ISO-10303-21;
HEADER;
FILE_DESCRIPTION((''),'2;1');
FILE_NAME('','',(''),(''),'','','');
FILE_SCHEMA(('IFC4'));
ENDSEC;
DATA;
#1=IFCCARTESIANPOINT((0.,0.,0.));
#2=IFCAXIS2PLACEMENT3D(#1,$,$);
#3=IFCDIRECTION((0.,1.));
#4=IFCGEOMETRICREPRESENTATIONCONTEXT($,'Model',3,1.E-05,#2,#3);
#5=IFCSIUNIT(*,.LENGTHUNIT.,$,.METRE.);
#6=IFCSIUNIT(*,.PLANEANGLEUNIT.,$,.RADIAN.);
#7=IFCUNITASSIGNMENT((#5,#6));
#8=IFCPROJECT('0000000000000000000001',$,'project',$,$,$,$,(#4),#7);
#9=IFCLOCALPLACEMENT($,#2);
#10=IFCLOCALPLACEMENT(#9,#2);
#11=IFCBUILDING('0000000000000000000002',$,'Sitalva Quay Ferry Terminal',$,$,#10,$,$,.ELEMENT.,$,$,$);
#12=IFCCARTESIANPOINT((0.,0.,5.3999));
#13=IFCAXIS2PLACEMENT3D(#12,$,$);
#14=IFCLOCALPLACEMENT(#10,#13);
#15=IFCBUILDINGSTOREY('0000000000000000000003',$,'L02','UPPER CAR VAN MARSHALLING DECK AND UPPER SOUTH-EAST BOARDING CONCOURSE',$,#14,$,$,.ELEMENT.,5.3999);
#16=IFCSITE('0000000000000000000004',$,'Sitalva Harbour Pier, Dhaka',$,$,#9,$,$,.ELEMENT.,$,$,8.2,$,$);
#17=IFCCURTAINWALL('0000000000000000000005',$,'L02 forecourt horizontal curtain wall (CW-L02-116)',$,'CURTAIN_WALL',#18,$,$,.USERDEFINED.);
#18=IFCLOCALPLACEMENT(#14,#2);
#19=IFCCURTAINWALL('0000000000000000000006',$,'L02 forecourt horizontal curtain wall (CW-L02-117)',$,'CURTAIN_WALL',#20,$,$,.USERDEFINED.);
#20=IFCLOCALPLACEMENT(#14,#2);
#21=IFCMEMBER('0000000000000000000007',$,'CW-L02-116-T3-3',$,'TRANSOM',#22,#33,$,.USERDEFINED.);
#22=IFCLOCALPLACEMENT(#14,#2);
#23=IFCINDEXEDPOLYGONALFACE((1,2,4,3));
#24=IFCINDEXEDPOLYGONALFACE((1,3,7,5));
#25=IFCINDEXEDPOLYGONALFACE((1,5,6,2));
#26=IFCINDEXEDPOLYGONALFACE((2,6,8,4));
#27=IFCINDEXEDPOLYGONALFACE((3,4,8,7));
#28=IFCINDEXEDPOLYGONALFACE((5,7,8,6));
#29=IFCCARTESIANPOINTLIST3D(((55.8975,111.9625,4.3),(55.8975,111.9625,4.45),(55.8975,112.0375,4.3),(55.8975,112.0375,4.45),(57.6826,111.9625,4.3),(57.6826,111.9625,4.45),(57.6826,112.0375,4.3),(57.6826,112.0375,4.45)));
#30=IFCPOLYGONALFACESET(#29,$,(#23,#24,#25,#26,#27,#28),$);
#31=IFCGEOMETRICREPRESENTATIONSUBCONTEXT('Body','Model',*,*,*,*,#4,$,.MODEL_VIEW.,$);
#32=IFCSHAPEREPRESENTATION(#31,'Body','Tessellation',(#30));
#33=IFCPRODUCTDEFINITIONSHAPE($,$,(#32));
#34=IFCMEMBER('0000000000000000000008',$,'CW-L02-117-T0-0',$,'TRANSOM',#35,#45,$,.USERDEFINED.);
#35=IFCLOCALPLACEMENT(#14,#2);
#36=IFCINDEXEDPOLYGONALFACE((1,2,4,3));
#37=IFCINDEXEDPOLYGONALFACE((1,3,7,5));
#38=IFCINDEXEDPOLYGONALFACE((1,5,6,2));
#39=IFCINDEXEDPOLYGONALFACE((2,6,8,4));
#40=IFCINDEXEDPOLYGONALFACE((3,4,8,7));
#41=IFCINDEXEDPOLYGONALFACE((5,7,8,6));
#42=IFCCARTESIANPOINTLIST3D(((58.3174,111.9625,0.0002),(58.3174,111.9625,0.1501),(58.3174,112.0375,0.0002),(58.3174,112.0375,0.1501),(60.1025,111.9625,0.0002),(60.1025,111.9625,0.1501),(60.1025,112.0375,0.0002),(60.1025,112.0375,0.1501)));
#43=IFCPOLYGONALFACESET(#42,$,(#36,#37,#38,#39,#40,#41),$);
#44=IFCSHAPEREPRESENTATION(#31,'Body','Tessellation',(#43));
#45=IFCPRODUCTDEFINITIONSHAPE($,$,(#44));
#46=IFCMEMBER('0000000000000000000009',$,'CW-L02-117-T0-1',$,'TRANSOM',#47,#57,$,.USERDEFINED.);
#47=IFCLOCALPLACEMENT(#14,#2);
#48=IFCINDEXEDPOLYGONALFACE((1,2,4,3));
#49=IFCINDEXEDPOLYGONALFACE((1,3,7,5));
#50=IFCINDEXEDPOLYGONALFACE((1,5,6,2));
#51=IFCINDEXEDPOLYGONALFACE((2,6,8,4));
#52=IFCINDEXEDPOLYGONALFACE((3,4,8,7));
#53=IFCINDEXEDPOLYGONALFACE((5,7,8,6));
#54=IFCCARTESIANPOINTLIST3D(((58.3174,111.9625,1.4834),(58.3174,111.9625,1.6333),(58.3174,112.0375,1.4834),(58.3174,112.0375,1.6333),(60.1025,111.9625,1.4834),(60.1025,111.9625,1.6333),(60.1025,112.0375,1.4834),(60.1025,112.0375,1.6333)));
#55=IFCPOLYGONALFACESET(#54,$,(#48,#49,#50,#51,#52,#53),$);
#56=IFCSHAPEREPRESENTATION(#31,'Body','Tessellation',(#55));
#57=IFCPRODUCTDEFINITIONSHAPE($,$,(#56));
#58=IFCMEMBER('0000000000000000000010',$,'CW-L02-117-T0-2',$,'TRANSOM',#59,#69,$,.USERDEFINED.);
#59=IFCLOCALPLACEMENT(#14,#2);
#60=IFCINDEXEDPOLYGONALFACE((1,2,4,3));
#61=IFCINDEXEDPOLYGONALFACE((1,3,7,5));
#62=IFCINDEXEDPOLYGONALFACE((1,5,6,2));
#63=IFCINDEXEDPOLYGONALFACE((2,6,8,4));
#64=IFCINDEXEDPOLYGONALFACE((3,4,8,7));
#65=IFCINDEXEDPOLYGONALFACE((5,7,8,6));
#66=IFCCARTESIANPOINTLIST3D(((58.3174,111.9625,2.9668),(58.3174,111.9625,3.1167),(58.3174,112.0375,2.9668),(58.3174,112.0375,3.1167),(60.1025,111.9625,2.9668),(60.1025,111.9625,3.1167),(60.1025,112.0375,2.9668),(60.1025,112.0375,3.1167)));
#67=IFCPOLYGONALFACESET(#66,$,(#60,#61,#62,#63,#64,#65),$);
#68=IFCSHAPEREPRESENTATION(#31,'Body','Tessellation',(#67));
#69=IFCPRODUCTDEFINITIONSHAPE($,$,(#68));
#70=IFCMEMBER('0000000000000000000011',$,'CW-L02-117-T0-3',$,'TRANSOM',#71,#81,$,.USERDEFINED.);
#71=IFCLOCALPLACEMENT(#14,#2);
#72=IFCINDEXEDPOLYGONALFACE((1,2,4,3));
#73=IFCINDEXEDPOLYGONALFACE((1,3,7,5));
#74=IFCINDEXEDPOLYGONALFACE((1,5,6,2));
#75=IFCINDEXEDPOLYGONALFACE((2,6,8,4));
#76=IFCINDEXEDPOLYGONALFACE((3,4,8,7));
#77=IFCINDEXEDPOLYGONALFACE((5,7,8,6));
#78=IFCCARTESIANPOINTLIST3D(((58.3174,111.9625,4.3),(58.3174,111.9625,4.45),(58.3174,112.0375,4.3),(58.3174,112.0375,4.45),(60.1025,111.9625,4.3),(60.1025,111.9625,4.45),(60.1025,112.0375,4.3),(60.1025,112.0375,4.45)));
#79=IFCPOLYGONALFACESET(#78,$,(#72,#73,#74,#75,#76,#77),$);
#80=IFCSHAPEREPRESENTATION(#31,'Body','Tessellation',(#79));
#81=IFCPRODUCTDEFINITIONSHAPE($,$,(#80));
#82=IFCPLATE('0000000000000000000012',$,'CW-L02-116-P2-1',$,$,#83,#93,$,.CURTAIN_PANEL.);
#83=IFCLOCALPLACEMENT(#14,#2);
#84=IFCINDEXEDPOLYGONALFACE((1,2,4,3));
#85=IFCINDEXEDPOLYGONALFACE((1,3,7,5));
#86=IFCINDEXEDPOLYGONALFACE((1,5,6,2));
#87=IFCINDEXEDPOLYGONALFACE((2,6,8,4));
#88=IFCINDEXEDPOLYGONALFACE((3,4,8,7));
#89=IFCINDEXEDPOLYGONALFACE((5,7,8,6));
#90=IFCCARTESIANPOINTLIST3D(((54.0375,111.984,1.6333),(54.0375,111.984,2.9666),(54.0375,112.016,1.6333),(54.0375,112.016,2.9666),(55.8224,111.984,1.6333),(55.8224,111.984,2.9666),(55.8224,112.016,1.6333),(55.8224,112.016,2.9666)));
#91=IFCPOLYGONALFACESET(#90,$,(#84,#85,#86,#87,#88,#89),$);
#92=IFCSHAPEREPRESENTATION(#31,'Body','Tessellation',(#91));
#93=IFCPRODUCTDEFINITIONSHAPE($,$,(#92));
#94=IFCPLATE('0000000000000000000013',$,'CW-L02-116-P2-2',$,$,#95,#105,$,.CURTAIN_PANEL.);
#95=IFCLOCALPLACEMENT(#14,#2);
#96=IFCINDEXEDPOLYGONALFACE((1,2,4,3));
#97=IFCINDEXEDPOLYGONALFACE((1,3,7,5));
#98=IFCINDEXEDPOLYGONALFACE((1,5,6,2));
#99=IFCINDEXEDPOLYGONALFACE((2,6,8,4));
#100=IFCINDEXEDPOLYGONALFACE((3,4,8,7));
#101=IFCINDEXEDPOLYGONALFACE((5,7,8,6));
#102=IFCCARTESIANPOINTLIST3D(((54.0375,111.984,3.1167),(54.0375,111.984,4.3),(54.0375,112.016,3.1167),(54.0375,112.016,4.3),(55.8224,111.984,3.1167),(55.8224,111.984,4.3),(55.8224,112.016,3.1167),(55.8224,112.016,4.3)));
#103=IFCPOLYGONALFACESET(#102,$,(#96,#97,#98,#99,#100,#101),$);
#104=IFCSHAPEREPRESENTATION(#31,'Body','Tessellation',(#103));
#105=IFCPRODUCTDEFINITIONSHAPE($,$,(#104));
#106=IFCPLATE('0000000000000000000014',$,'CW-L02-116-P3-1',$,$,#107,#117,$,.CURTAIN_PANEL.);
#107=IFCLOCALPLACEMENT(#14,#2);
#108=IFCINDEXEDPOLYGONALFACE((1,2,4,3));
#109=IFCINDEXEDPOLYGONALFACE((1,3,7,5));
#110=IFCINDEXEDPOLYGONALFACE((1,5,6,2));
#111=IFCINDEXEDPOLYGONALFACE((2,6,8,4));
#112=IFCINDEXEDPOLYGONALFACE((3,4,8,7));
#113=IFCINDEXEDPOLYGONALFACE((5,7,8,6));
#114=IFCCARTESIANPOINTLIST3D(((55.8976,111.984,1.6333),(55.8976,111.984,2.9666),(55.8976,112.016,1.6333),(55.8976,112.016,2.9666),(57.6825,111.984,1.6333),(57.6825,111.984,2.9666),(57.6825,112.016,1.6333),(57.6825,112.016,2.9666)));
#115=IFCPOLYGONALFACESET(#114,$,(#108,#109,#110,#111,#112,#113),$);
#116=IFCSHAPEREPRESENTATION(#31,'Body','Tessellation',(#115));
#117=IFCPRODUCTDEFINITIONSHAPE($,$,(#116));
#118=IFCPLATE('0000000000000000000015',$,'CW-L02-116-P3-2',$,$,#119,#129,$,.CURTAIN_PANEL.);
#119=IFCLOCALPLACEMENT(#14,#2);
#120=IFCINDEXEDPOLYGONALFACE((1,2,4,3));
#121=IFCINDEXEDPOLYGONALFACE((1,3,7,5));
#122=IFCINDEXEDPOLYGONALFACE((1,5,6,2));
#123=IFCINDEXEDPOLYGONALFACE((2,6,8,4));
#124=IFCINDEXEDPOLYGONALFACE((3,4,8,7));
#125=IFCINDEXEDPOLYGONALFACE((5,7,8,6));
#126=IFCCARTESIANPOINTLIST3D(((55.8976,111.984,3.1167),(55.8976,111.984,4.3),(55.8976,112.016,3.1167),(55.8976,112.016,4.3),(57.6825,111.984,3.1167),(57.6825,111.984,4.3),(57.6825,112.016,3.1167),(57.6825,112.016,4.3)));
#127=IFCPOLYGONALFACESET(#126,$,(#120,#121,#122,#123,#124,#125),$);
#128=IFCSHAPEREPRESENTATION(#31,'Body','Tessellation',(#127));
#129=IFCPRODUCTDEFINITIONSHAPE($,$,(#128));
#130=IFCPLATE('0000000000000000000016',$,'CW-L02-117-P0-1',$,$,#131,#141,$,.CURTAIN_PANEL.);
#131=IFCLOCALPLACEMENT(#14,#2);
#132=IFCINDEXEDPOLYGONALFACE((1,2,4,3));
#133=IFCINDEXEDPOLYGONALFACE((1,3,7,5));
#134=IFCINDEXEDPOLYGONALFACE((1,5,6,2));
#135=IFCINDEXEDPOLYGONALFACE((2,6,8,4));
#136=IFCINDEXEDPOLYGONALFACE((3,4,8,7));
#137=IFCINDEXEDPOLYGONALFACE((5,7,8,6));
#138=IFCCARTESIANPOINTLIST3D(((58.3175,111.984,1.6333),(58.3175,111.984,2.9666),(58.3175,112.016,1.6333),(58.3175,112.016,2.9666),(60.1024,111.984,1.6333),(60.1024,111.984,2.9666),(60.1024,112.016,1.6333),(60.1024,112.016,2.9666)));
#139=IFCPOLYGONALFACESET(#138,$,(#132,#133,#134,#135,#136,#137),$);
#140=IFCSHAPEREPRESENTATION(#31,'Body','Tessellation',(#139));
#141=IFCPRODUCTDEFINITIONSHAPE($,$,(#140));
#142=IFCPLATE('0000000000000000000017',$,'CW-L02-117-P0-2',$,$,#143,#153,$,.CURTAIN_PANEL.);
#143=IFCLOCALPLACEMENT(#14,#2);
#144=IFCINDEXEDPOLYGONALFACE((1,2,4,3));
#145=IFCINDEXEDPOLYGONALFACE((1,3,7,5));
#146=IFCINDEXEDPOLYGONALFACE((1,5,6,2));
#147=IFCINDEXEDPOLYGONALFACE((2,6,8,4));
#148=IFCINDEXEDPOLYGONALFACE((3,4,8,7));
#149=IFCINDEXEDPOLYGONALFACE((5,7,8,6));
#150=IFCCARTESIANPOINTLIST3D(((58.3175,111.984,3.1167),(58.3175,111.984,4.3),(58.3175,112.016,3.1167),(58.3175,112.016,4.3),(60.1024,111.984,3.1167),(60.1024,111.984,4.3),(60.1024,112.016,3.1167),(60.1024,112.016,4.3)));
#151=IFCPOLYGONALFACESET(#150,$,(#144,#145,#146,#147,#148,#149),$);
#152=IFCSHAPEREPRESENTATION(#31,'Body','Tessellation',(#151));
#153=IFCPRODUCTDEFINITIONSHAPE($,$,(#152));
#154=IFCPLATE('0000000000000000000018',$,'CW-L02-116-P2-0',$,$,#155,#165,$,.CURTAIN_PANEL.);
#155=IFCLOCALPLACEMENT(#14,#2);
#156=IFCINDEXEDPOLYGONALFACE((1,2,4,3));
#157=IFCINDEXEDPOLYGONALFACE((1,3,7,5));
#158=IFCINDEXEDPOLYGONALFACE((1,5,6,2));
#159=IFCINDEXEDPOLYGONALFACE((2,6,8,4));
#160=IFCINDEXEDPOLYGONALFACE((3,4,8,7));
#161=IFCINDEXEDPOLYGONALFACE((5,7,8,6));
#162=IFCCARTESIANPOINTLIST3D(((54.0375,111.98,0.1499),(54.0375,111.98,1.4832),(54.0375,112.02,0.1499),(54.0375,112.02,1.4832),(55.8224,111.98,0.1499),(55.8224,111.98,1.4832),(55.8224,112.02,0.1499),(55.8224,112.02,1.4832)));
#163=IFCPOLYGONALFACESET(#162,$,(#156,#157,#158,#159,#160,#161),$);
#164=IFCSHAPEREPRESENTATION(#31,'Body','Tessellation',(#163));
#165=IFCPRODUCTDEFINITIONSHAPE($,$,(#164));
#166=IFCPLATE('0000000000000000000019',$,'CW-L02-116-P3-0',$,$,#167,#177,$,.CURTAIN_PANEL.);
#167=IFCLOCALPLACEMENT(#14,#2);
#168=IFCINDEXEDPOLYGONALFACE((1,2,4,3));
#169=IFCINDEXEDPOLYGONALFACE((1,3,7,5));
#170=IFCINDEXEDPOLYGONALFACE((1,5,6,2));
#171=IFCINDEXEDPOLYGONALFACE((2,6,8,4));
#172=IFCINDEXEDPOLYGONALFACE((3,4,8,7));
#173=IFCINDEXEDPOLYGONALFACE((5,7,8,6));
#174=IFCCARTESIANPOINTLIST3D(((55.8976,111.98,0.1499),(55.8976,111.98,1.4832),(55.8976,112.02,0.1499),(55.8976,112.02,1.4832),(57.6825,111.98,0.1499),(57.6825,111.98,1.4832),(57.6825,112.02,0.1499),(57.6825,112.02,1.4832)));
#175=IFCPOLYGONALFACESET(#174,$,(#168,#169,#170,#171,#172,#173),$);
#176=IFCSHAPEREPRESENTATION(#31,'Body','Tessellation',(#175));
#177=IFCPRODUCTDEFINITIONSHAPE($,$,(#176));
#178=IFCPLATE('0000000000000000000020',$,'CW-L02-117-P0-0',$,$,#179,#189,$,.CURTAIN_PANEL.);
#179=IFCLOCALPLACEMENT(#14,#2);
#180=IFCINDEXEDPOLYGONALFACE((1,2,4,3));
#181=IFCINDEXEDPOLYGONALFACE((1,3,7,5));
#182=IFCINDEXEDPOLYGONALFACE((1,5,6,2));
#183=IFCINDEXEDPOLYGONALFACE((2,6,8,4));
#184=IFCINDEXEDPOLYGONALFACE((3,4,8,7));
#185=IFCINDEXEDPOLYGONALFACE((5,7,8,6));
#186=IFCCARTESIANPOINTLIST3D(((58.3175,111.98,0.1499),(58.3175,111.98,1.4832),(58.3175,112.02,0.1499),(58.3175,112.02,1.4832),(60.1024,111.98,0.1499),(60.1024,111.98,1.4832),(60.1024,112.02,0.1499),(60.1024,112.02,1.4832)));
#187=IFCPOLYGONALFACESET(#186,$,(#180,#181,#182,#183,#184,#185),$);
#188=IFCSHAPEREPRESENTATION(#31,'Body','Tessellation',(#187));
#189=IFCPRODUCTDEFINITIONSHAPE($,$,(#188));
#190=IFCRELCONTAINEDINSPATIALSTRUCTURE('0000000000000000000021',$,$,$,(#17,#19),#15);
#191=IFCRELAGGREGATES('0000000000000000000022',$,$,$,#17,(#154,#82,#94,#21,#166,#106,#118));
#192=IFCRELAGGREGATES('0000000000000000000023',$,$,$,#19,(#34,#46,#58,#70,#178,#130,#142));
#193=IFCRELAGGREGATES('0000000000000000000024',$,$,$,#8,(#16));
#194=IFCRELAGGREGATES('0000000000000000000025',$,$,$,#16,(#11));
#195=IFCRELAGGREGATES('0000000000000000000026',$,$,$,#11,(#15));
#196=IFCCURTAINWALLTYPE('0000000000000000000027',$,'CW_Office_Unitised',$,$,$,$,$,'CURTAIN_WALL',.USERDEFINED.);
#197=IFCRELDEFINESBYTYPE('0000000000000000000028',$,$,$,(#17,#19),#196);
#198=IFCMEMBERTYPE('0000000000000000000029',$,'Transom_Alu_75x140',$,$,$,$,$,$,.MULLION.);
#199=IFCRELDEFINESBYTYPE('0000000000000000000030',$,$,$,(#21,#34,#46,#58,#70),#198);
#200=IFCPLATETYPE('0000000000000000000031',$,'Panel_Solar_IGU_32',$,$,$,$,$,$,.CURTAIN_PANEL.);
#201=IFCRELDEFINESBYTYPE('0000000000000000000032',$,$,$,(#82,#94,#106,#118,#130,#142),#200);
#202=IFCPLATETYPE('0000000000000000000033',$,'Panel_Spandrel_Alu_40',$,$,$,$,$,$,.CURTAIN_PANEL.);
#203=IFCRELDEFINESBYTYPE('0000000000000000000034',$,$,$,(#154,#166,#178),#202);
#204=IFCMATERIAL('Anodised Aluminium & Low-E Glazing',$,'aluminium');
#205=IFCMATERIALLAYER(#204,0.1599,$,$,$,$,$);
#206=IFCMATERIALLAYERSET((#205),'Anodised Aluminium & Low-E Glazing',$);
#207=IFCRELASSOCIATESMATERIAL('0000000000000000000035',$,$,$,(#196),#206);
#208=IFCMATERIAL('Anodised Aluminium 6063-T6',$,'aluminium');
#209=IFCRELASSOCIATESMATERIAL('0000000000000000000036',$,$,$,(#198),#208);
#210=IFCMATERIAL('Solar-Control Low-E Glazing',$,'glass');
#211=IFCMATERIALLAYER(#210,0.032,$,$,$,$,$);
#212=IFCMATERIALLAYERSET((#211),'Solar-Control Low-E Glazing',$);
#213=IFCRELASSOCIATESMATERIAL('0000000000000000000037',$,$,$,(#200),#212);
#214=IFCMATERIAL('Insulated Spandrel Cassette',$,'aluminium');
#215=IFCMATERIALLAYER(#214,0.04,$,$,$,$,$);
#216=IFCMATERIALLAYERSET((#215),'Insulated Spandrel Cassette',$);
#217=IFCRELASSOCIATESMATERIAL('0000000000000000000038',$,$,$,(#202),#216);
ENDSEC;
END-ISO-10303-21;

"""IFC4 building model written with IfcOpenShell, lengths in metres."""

from ifc_helpers import new_model, si_unit, direction, frame, origin, origin_2d, place, context, subcontext, project, spatial, rectangle, extrude, material, layer, layer_set, material_profile, profile_set, type_object, element, aggregate, save


model = new_model("IFC4")

# Units and contexts
model_context = context("Model", 3, precision=1e-05, world=origin(), true_north=direction((0.0, 1.0)))
body_context = subcontext(model_context, "Body", "Model", "MODEL_VIEW")
ifc_project = project(units=[si_unit("LENGTHUNIT", "METRE"), si_unit("PLANEANGLEUNIT", "RADIAN")], contexts=[model_context])

# Site, building, storey
site_placement = place(None, origin())
site = spatial("IfcSite", under=ifc_project, at=site_placement, Name="Sitalva Harbour Pier, Dhaka", CompositionType="ELEMENT", RefElevation=8.2)
building_placement = place(site_placement, origin())
building = spatial("IfcBuilding", under=site, at=building_placement, Name="Sitalva Quay Ferry Terminal", CompositionType="ELEMENT")
storey_placement = place(building_placement, frame((0.0, 0.0, 5.3999)))
storey = spatial("IfcBuildingStorey", under=building, at=storey_placement, Name="L02", Description="UPPER CAR VAN MARSHALLING DECK AND UPPER SOUTH-EAST BOARDING CONCOURSE", CompositionType="ELEMENT", Elevation=5.3999)

# Curtain walls
ifc_material_1 = material(Name="Anodised Aluminium & Low-E Glazing", Category="aluminium")
ifc_layer_1 = layer(ifc_material_1, 0.1599)
ifc_layer_set_1 = layer_set([ifc_layer_1], Name="Anodised Aluminium & Low-E Glazing")
curtain_wall_type = type_object("IfcCurtainWallType", Name="CW_Office_Unitised", ElementType="CURTAIN_WALL", PredefinedType="USERDEFINED", material=ifc_layer_set_1)
curtain_wall_1_placement = place(storey_placement, origin())
curtain_wall_1 = element("IfcCurtainWall", 1, at=curtain_wall_1_placement, inside=storey, type_object=curtain_wall_type, Name="L02 forecourt horizontal curtain wall (CW-L02-116)", ObjectType="CURTAIN_WALL", PredefinedType="USERDEFINED")
curtain_wall_2_placement = place(storey_placement, origin())
curtain_wall_2 = element("IfcCurtainWall", 2, at=curtain_wall_2_placement, inside=storey, type_object=curtain_wall_type, Name="L02 forecourt horizontal curtain wall (CW-L02-117)", ObjectType="CURTAIN_WALL", PredefinedType="USERDEFINED")

# Members
ifc_material_2 = material(Name="Anodised Aluminium 6063-T6", Category="aluminium")
ifc_material_profile_1 = material_profile(ifc_material_2, rectangle(XDim=0.075, YDim=0.1499, at=origin_2d()), Name="ALU75x150")
ifc_profile_set_1 = profile_set([ifc_material_profile_1], Name="Anodised Aluminium 6063-T6")
member_type_1 = type_object("IfcMemberType", Name="Transom_Alu_75x140", PredefinedType="MULLION", material=ifc_profile_set_1)
member_1_placement = place(storey_placement, frame((55.8975, 112.0, 4.375), z_axis=(1.0, 0.0, 0.0), x_axis=(0.0, 1.0, 0.0)))
member_1 = element("IfcMember", 3, at=member_1_placement, type_object=member_type_1, Name="CW-L02-116-T3-3", ObjectType="TRANSOM", PredefinedType="USERDEFINED", context=body_context, shape_type="SweptSolid", body=[
    extrude(rectangle(XDim=0.075, YDim=0.1499, at=origin_2d()), origin(), (0.0, 0.0, 1.0), 1.7852),
])
member_2_placement = place(storey_placement, frame((58.3174, 112.0, 0.0752), z_axis=(1.0, 0.0, 0.0), x_axis=(0.0, 1.0, 0.0)))
member_2 = element("IfcMember", 4, at=member_2_placement, type_object=member_type_1, Name="CW-L02-117-T0-0", ObjectType="TRANSOM", PredefinedType="USERDEFINED", context=body_context, shape_type="SweptSolid", body=[
    extrude(rectangle(XDim=0.075, YDim=0.1499, at=origin_2d()), origin(), (0.0, 0.0, 1.0), 1.7852),
])
member_3_placement = place(storey_placement, frame((58.3174, 112.0, 1.5583), z_axis=(1.0, 0.0, 0.0), x_axis=(0.0, 1.0, 0.0)))
member_3 = element("IfcMember", 5, at=member_3_placement, type_object=member_type_1, Name="CW-L02-117-T0-1", ObjectType="TRANSOM", PredefinedType="USERDEFINED", context=body_context, shape_type="SweptSolid", body=[
    extrude(rectangle(XDim=0.075, YDim=0.1499, at=origin_2d()), origin(), (0.0, 0.0, 1.0), 1.7852),
])
member_4_placement = place(storey_placement, frame((58.3174, 112.0, 3.0417), z_axis=(1.0, 0.0, 0.0), x_axis=(0.0, 1.0, 0.0)))
member_4 = element("IfcMember", 6, at=member_4_placement, type_object=member_type_1, Name="CW-L02-117-T0-2", ObjectType="TRANSOM", PredefinedType="USERDEFINED", context=body_context, shape_type="SweptSolid", body=[
    extrude(rectangle(XDim=0.075, YDim=0.1499, at=origin_2d()), origin(), (0.0, 0.0, 1.0), 1.7852),
])
member_5_placement = place(storey_placement, frame((58.3174, 112.0, 4.375), z_axis=(1.0, 0.0, 0.0), x_axis=(0.0, 1.0, 0.0)))
member_5 = element("IfcMember", 7, at=member_5_placement, type_object=member_type_1, Name="CW-L02-117-T0-3", ObjectType="TRANSOM", PredefinedType="USERDEFINED", context=body_context, shape_type="SweptSolid", body=[
    extrude(rectangle(XDim=0.075, YDim=0.1499, at=origin_2d()), origin(), (0.0, 0.0, 1.0), 1.7852),
])

# Plates
ifc_material_3 = material(Name="Solar-Control Low-E Glazing", Category="glass")
ifc_layer_2 = layer(ifc_material_3, 0.032)
ifc_layer_set_2 = layer_set([ifc_layer_2], Name="Solar-Control Low-E Glazing")
plate_type_1 = type_object("IfcPlateType", Name="Panel_Solar_IGU_32", PredefinedType="CURTAIN_PANEL", material=ifc_layer_set_2)
plate_1_placement = place(storey_placement, frame((54.9299, 112.0, 1.6333), z_axis=(0.0, 0.0, 1.0), x_axis=(1.0, 0.0, 0.0)))
plate_1 = element("IfcPlate", 8, at=plate_1_placement, type_object=plate_type_1, Name="CW-L02-116-P2-1", PredefinedType="CURTAIN_PANEL", context=body_context, shape_type="SweptSolid", body=[
    extrude(rectangle(XDim=1.7849, YDim=0.032, at=origin_2d()), origin(), (0.0, 0.0, 1.0), 1.3333),
])
plate_2_placement = place(storey_placement, frame((54.9299, 112.0, 3.1167), z_axis=(0.0, 0.0, 1.0), x_axis=(1.0, 0.0, 0.0)))
plate_2 = element("IfcPlate", 9, at=plate_2_placement, type_object=plate_type_1, Name="CW-L02-116-P2-2", PredefinedType="CURTAIN_PANEL", context=body_context, shape_type="SweptSolid", body=[
    extrude(rectangle(XDim=1.7849, YDim=0.032, at=origin_2d()), origin(), (0.0, 0.0, 1.0), 1.1833),
])
plate_3_placement = place(storey_placement, frame((56.79, 112.0, 1.6333), z_axis=(0.0, 0.0, 1.0), x_axis=(1.0, 0.0, 0.0)))
plate_3 = element("IfcPlate", 10, at=plate_3_placement, type_object=plate_type_1, Name="CW-L02-116-P3-1", PredefinedType="CURTAIN_PANEL", context=body_context, shape_type="SweptSolid", body=[
    extrude(rectangle(XDim=1.7849, YDim=0.032, at=origin_2d()), origin(), (0.0, 0.0, 1.0), 1.3333),
])
plate_4_placement = place(storey_placement, frame((56.79, 112.0, 3.1167), z_axis=(0.0, 0.0, 1.0), x_axis=(1.0, 0.0, 0.0)))
plate_4 = element("IfcPlate", 11, at=plate_4_placement, type_object=plate_type_1, Name="CW-L02-116-P3-2", PredefinedType="CURTAIN_PANEL", context=body_context, shape_type="SweptSolid", body=[
    extrude(rectangle(XDim=1.7849, YDim=0.032, at=origin_2d()), origin(), (0.0, 0.0, 1.0), 1.1833),
])
plate_5_placement = place(storey_placement, frame((59.21, 112.0, 1.6333), z_axis=(0.0, 0.0, 1.0), x_axis=(1.0, 0.0, 0.0)))
plate_5 = element("IfcPlate", 12, at=plate_5_placement, type_object=plate_type_1, Name="CW-L02-117-P0-1", PredefinedType="CURTAIN_PANEL", context=body_context, shape_type="SweptSolid", body=[
    extrude(rectangle(XDim=1.7849, YDim=0.032, at=origin_2d()), origin(), (0.0, 0.0, 1.0), 1.3333),
])
plate_6_placement = place(storey_placement, frame((59.21, 112.0, 3.1167), z_axis=(0.0, 0.0, 1.0), x_axis=(1.0, 0.0, 0.0)))
plate_6 = element("IfcPlate", 13, at=plate_6_placement, type_object=plate_type_1, Name="CW-L02-117-P0-2", PredefinedType="CURTAIN_PANEL", context=body_context, shape_type="SweptSolid", body=[
    extrude(rectangle(XDim=1.7849, YDim=0.032, at=origin_2d()), origin(), (0.0, 0.0, 1.0), 1.1833),
])
ifc_material_4 = material(Name="Insulated Spandrel Cassette", Category="aluminium")
ifc_layer_3 = layer(ifc_material_4, 0.04)
ifc_layer_set_3 = layer_set([ifc_layer_3], Name="Insulated Spandrel Cassette")
plate_type_2 = type_object("IfcPlateType", Name="Panel_Spandrel_Alu_40", PredefinedType="CURTAIN_PANEL", material=ifc_layer_set_3)
plate_7_placement = place(storey_placement, frame((54.9299, 112.0, 0.1499), z_axis=(0.0, 0.0, 1.0), x_axis=(1.0, 0.0, 0.0)))
plate_7 = element("IfcPlate", 14, at=plate_7_placement, type_object=plate_type_2, Name="CW-L02-116-P2-0", PredefinedType="CURTAIN_PANEL", context=body_context, shape_type="SweptSolid", body=[
    extrude(rectangle(XDim=1.7849, YDim=0.04, at=origin_2d()), origin(), (0.0, 0.0, 1.0), 1.3333),
])
plate_8_placement = place(storey_placement, frame((56.79, 112.0, 0.1499), z_axis=(0.0, 0.0, 1.0), x_axis=(1.0, 0.0, 0.0)))
plate_8 = element("IfcPlate", 15, at=plate_8_placement, type_object=plate_type_2, Name="CW-L02-116-P3-0", PredefinedType="CURTAIN_PANEL", context=body_context, shape_type="SweptSolid", body=[
    extrude(rectangle(XDim=1.7849, YDim=0.04, at=origin_2d()), origin(), (0.0, 0.0, 1.0), 1.3333),
])
aggregate(curtain_wall_1, [plate_7, plate_1, plate_2, member_1, plate_8, plate_3, plate_4])
plate_9_placement = place(storey_placement, frame((59.21, 112.0, 0.1499), z_axis=(0.0, 0.0, 1.0), x_axis=(1.0, 0.0, 0.0)))
plate_9 = element("IfcPlate", 16, at=plate_9_placement, type_object=plate_type_2, Name="CW-L02-117-P0-0", PredefinedType="CURTAIN_PANEL", context=body_context, shape_type="SweptSolid", body=[
    extrude(rectangle(XDim=1.7849, YDim=0.04, at=origin_2d()), origin(), (0.0, 0.0, 1.0), 1.3333),
])
aggregate(curtain_wall_2, [member_2, member_3, member_4, member_5, plate_9, plate_5, plate_6])

save(model, "model.ifc")
